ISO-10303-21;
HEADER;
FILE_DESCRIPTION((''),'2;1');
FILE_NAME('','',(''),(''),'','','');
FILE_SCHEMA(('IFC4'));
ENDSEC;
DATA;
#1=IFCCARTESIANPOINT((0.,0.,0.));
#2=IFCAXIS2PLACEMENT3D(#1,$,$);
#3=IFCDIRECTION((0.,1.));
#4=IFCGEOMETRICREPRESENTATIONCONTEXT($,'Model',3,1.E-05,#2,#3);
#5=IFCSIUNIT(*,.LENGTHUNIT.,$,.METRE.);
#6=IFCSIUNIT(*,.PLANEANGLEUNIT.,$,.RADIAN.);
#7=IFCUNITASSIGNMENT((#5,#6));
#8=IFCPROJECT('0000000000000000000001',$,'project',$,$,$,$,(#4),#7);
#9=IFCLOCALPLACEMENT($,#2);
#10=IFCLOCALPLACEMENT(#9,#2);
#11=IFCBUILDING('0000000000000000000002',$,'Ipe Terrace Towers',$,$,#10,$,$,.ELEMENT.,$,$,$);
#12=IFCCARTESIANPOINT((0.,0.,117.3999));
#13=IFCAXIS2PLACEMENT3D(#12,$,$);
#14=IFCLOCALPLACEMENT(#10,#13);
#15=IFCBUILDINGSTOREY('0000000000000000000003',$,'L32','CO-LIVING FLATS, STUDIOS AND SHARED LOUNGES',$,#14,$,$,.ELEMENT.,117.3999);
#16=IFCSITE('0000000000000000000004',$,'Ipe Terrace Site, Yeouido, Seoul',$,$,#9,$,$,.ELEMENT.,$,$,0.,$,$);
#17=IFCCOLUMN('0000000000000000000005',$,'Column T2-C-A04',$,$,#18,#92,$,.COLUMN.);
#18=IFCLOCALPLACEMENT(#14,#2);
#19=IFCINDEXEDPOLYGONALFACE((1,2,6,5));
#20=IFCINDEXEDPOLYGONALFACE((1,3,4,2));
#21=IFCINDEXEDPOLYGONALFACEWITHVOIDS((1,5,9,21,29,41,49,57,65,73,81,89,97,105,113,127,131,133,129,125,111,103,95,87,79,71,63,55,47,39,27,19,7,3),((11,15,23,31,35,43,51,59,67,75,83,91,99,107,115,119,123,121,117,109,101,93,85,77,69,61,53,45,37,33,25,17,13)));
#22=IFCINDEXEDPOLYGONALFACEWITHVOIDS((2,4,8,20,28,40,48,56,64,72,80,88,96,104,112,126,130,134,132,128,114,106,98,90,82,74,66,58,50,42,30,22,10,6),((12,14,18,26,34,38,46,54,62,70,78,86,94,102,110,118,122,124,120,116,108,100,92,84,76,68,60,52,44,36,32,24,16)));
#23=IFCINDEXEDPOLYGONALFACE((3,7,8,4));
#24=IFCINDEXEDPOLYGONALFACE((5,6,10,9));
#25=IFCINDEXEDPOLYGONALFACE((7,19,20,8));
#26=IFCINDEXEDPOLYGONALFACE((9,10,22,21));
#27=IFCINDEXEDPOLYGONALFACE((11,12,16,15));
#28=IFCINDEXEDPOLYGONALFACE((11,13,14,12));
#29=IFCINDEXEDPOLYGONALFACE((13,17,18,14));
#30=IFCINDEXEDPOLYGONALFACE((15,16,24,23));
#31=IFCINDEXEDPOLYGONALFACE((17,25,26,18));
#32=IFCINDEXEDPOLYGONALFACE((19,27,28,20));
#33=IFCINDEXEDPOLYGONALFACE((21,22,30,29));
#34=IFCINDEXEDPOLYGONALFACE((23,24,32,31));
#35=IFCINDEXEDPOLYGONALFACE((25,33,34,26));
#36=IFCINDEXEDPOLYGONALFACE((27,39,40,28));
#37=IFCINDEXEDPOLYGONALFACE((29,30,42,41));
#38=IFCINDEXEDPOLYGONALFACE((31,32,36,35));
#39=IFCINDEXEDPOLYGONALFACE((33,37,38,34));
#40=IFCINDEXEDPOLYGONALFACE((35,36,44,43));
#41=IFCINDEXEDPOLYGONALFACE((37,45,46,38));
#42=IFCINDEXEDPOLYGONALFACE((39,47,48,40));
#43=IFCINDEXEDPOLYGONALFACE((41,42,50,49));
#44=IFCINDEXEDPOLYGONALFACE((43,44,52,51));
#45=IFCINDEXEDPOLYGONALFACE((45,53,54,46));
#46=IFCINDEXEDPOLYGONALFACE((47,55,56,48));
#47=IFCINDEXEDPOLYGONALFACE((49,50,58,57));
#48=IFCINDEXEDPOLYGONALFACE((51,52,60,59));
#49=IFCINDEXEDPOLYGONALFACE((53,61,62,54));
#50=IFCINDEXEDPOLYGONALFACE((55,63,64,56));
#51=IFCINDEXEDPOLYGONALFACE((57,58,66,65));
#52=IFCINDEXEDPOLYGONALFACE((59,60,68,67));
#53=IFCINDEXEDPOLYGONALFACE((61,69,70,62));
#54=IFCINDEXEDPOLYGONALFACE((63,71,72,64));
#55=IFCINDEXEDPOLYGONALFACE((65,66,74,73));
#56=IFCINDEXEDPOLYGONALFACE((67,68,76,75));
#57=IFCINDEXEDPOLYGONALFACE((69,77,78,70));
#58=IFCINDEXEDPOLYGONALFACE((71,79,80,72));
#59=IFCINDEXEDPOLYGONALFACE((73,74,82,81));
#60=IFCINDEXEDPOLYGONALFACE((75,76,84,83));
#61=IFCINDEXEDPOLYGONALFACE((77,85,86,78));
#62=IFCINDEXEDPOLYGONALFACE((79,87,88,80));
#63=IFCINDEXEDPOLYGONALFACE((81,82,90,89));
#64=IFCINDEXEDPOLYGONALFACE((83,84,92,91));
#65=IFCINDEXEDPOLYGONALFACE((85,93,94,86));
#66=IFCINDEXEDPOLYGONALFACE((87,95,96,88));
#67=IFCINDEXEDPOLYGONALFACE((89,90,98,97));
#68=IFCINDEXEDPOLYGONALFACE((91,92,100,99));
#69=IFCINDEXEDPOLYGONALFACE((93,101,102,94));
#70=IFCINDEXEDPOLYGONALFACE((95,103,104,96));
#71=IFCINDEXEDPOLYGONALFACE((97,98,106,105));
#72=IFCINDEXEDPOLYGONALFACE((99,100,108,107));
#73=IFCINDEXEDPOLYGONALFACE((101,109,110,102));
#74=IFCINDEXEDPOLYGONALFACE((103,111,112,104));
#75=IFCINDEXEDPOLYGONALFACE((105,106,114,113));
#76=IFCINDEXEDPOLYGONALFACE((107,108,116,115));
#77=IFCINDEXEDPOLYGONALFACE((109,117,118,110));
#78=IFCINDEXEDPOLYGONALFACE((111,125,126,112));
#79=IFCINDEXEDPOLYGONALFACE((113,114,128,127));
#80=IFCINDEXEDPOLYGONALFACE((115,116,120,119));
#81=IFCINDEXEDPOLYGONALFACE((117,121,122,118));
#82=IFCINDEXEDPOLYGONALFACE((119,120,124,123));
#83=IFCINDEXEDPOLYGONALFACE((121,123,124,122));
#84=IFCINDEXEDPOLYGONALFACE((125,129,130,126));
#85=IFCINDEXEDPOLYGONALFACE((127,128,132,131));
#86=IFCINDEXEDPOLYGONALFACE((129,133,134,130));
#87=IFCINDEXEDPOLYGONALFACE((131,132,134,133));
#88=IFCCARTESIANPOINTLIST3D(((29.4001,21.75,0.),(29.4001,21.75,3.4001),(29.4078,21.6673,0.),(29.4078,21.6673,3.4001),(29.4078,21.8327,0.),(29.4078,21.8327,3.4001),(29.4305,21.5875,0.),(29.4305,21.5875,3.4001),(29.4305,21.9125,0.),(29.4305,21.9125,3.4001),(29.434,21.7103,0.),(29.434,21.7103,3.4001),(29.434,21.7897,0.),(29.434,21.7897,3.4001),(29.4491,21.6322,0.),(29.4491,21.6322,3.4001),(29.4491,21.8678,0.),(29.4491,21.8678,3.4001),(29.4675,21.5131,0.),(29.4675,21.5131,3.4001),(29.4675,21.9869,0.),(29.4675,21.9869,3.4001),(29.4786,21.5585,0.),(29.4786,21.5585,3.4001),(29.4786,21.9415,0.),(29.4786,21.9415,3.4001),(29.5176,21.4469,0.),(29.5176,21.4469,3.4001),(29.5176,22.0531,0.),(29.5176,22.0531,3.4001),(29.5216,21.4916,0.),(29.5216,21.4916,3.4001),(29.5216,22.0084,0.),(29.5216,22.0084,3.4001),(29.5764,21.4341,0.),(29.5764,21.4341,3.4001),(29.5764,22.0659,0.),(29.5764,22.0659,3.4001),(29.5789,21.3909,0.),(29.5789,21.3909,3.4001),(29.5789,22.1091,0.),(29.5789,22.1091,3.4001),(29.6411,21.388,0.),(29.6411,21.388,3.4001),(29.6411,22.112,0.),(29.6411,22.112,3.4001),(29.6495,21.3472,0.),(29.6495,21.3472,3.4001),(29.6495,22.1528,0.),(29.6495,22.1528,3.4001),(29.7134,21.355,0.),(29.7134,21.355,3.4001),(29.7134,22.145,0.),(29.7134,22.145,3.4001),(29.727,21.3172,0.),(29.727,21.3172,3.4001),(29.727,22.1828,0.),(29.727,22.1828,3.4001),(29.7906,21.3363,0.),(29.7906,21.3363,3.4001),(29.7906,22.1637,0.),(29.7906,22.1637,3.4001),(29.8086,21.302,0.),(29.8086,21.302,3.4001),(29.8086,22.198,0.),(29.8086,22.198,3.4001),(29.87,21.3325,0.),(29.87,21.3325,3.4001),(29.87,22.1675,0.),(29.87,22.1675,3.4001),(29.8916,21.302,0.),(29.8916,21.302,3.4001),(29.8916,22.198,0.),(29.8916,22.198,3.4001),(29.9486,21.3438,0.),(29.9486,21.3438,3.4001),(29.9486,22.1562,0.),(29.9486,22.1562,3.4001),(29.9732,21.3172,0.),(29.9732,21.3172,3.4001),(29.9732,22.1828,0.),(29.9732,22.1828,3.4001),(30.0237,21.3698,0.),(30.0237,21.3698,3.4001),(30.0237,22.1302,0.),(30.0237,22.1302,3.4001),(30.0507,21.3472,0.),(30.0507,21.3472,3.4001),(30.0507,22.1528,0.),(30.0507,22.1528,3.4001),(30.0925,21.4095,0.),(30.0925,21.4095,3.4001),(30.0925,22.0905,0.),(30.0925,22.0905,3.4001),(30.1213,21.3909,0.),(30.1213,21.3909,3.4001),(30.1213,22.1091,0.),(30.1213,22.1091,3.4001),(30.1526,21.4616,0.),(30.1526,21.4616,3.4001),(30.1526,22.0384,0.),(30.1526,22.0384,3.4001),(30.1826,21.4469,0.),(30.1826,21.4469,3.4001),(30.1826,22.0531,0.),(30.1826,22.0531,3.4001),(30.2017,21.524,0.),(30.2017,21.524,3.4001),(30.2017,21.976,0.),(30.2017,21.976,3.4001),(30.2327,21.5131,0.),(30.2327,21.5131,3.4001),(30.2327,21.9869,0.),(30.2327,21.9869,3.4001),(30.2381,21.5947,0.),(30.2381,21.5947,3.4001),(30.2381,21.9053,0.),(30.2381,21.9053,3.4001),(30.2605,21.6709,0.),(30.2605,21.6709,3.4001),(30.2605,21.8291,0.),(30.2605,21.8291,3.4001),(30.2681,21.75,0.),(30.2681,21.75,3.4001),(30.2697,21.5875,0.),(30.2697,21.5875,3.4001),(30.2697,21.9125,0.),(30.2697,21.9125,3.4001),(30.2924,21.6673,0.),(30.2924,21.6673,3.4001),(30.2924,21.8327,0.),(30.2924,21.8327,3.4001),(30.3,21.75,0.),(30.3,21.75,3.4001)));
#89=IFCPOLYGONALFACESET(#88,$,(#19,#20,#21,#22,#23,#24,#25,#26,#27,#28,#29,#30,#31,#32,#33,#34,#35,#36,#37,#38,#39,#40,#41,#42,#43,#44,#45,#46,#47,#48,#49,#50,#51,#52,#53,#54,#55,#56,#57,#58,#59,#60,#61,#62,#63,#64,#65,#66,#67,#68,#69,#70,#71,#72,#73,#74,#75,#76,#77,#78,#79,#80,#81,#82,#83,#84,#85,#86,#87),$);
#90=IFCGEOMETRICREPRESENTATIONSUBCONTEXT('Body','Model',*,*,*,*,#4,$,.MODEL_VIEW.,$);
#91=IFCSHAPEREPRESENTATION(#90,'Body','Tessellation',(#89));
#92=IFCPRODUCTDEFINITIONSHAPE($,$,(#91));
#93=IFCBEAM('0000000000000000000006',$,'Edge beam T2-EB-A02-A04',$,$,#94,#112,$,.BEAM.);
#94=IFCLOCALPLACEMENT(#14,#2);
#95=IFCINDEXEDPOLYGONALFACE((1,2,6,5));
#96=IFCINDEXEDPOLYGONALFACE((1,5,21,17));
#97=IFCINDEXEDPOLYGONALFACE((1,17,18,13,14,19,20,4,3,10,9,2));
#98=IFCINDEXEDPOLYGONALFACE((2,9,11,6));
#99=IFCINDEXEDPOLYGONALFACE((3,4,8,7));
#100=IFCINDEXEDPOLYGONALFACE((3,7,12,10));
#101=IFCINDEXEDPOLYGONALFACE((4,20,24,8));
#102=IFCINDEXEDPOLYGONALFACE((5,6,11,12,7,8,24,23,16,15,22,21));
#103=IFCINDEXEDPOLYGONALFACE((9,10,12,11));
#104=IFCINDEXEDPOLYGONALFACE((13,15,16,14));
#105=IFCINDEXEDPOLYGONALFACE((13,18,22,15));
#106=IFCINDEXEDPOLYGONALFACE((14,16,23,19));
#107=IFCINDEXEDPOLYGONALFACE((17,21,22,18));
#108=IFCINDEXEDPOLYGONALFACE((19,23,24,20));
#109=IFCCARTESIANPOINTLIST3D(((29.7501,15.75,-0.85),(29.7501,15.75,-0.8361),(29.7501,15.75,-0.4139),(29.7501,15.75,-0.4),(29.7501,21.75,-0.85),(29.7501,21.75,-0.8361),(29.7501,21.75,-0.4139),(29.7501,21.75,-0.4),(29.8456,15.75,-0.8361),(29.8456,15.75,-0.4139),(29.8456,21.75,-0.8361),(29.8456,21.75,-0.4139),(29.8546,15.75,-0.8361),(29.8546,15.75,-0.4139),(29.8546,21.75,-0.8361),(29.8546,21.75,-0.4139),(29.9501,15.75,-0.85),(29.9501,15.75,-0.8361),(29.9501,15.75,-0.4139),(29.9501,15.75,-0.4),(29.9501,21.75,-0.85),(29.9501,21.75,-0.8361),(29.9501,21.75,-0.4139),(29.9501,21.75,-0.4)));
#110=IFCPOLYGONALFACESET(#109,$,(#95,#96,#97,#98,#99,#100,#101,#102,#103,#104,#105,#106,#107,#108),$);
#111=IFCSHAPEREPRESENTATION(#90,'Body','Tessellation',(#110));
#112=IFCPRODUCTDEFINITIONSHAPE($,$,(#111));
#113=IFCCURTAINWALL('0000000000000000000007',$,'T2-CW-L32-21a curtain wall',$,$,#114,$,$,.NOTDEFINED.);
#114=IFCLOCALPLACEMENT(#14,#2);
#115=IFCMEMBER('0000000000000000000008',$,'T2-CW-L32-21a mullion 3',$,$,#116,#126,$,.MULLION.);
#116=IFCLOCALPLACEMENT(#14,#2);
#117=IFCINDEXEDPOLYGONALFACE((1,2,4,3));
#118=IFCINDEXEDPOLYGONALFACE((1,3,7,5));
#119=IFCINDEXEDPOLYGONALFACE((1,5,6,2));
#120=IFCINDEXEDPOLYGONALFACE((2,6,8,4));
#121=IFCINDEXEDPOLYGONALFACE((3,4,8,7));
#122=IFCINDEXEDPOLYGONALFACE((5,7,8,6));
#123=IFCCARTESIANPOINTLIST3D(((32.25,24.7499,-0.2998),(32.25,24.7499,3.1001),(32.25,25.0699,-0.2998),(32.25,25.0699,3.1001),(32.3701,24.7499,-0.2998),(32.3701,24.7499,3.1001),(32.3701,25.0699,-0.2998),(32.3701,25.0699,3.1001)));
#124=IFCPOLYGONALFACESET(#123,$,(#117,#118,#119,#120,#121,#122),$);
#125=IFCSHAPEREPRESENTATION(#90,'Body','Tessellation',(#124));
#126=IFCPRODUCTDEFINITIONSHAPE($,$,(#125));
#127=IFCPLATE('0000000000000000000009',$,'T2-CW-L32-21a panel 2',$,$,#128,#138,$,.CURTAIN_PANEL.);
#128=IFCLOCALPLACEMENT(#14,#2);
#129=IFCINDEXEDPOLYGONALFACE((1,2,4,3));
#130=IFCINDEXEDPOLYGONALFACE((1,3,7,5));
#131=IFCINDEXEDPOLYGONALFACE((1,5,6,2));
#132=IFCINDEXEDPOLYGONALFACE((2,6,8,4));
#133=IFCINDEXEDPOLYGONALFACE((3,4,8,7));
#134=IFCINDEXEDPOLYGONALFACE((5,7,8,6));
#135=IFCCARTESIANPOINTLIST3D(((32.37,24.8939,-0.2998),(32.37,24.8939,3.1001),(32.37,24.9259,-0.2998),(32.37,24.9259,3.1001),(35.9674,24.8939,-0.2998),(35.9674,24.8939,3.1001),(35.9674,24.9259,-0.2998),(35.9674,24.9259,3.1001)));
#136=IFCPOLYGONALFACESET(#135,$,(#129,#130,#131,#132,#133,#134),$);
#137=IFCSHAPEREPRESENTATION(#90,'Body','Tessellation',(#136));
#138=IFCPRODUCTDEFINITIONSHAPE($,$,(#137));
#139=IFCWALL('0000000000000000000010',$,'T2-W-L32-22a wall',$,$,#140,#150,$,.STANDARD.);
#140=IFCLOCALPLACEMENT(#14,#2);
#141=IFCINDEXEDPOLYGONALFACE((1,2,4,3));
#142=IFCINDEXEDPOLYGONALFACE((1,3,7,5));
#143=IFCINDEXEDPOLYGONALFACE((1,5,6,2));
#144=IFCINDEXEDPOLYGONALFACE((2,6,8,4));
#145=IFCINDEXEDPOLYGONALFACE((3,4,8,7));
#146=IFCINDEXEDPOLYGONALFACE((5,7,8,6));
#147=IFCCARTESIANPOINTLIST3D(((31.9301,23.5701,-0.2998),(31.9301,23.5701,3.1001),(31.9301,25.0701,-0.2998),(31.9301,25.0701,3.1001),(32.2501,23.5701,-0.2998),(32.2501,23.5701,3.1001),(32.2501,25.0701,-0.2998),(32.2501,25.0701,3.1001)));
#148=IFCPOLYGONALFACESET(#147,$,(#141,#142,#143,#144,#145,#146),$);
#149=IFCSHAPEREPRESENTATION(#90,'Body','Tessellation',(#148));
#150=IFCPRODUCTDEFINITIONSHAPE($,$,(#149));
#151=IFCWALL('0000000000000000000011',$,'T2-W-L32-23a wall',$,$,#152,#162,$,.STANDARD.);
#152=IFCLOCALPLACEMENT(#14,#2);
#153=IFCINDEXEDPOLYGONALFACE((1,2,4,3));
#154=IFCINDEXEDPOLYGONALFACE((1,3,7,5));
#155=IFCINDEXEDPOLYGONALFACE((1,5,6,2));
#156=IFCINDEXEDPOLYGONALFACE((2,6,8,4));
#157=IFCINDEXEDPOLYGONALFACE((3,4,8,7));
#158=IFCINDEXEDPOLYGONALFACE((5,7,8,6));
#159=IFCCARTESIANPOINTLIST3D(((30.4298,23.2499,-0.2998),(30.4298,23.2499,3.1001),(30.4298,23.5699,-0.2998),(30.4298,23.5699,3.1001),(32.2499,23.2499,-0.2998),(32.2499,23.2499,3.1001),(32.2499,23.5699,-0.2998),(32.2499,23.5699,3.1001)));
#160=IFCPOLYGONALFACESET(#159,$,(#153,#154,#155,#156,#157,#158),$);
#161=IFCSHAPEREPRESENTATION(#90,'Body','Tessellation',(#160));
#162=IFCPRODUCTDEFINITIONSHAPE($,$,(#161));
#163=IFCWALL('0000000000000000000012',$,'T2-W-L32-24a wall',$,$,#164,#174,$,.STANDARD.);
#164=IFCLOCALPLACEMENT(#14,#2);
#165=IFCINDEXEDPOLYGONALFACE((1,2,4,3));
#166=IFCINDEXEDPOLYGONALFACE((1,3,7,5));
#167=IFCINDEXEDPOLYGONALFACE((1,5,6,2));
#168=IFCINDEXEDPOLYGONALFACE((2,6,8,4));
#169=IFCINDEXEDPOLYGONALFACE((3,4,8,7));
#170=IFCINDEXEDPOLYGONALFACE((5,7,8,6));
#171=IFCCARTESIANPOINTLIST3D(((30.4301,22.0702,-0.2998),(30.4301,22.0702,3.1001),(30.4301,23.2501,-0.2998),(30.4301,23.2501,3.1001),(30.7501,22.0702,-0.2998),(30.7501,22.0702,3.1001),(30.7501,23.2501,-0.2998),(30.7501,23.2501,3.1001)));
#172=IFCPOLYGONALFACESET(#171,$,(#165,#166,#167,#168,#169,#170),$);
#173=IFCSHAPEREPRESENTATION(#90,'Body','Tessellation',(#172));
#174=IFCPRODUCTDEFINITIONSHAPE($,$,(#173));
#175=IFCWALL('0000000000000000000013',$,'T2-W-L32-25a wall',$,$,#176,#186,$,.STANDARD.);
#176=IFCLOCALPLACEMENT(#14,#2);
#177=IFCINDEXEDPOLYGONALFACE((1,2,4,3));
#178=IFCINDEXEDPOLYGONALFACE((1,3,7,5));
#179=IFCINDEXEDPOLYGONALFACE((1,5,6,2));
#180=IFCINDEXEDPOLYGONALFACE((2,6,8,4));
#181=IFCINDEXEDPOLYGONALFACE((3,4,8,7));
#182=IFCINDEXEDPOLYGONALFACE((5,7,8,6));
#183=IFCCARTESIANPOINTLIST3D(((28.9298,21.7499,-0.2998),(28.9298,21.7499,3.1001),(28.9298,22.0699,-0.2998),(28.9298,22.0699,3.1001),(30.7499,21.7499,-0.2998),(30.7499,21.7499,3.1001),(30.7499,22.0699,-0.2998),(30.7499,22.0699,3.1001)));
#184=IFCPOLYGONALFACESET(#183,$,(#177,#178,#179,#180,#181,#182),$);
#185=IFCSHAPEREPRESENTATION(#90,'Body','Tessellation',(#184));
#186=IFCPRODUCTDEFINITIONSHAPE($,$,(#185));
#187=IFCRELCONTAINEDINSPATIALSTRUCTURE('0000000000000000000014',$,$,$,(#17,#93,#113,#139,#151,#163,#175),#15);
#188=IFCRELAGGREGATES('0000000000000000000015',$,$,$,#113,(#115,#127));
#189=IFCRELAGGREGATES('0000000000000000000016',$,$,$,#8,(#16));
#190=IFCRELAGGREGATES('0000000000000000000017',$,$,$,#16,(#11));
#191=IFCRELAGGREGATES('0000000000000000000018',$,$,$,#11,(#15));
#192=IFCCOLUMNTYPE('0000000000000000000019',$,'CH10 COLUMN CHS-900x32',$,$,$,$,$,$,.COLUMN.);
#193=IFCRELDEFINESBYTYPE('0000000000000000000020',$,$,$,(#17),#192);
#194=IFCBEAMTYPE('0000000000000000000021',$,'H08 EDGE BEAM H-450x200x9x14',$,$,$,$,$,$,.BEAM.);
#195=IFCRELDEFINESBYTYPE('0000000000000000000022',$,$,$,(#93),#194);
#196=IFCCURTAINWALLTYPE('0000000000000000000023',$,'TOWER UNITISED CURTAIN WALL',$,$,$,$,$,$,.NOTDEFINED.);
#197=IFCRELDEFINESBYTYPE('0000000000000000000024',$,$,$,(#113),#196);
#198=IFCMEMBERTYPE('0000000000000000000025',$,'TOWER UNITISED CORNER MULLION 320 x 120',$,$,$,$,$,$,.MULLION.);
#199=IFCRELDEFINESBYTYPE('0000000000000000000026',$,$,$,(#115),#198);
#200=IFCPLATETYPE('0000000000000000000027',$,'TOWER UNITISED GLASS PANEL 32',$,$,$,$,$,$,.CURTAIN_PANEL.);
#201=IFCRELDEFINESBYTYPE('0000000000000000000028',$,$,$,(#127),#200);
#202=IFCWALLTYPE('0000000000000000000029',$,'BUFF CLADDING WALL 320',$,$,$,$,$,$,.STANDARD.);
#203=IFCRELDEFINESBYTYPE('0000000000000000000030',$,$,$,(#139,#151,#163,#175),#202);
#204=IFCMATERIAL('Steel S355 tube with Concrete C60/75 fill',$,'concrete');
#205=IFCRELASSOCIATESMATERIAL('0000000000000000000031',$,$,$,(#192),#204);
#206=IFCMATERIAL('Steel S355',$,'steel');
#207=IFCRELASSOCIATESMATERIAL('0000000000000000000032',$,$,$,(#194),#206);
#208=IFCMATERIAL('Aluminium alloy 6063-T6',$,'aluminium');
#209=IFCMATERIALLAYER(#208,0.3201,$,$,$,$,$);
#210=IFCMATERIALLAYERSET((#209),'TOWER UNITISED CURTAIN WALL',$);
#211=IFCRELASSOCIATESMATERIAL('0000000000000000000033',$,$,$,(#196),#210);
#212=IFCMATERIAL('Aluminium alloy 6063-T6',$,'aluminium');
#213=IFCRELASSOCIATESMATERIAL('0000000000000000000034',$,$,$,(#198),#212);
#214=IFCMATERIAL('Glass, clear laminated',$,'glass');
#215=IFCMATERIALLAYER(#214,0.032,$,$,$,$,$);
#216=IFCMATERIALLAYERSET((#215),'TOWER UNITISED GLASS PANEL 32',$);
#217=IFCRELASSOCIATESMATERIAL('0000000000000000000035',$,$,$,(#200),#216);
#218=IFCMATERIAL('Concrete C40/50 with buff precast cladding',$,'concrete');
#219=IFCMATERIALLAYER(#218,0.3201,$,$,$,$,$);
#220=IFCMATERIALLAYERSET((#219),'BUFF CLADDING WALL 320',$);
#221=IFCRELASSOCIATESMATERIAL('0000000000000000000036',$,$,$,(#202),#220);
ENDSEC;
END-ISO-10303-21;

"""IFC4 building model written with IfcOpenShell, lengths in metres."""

from ifc_helpers import new_model, si_unit, direction, frame, frame_2d, origin, origin_2d, place, context, subcontext, project, spatial, rectangle, hollow_circle, i_section, extrude, material, layer, layer_set, material_profile, profile_set, type_object, element, aggregate, save


model = new_model("IFC4")

# Units and contexts
model_context = context("Model", 3, precision=1e-05, world=origin(), true_north=direction((0.0, 1.0)))
body_context = subcontext(model_context, "Body", "Model", "MODEL_VIEW")
ifc_project = project(units=[si_unit("LENGTHUNIT", "METRE"), si_unit("PLANEANGLEUNIT", "RADIAN")], contexts=[model_context])

# Site, building, storey
site_placement = place(None, origin())
site = spatial("IfcSite", under=ifc_project, at=site_placement, Name="Ipe Terrace Site, Yeouido, Seoul", CompositionType="ELEMENT", RefElevation=0.0)
building_placement = place(site_placement, origin())
building = spatial("IfcBuilding", under=site, at=building_placement, Name="Ipe Terrace Towers", CompositionType="ELEMENT")
storey_placement = place(building_placement, frame((0.0, 0.0, 117.3999)))
storey = spatial("IfcBuildingStorey", under=building, at=storey_placement, Name="L32", Description="CO-LIVING FLATS, STUDIOS AND SHARED LOUNGES", CompositionType="ELEMENT", Elevation=117.3999)

# Column
ifc_material_1 = material(Name="Steel S355 tube with Concrete C60/75 fill", Category="concrete")
ifc_material_profile_1 = material_profile(ifc_material_1, hollow_circle(Radius=0.45, WallThickness=0.032, at=origin_2d()), Name="CHS-900x32")
ifc_profile_set_1 = profile_set([ifc_material_profile_1], Name="Steel S355 tube with Concrete C60/75 fill")
column_type_1 = type_object("IfcColumnType", Name="CH10 COLUMN CHS-900x32", PredefinedType="COLUMN", material=ifc_profile_set_1)
for number, where, z_axis, x_axis, name in (
    (1, (29.8501, 21.75, 0.0), (0.0, 0.0, 1.0), (1.0, 0.0, 0.0), "Column T2-C-A04"),
):
    element("IfcColumn", number, at=place(storey_placement, frame(where, z_axis=z_axis, x_axis=x_axis)), inside=storey, type_object=column_type_1, Name=name, PredefinedType="COLUMN", context=body_context, shape_type="SweptSolid", body=[
        extrude(hollow_circle(Radius=0.45, WallThickness=0.032, at=origin_2d()), origin(), (0.0, 0.0, 1.0), 3.4001),
    ])

# Beam
ifc_material_2 = material(Name="Steel S355", Category="steel")
ifc_material_profile_2 = material_profile(ifc_material_2, i_section(OverallWidth=0.2, OverallDepth=0.45, WebThickness=0.009, FlangeThickness=0.0139, at=origin_2d()), Name="H-450x200x9x14")
ifc_profile_set_2 = profile_set([ifc_material_profile_2], Name="Steel S355")
beam_type = type_object("IfcBeamType", Name="H08 EDGE BEAM H-450x200x9x14", PredefinedType="BEAM", material=ifc_profile_set_2)
beam_placement = place(storey_placement, frame((29.8501, 15.75, -0.625), z_axis=(0.0, 1.0, 0.0), x_axis=(-1.0, 0.0, 0.0)))
element("IfcBeam", 2, at=beam_placement, inside=storey, type_object=beam_type, Name="Edge beam T2-EB-A02-A04", PredefinedType="BEAM", context=body_context, shape_type="SweptSolid", body=[
    extrude(i_section(OverallWidth=0.2, OverallDepth=0.45, WebThickness=0.009, FlangeThickness=0.0139, at=origin_2d()), origin(), (0.0, 0.0, 1.0), 6.0),
])

# Curtain wall, member, plate
ifc_material_3 = material(Name="Aluminium alloy 6063-T6", Category="aluminium")
ifc_layer_1 = layer(ifc_material_3, 0.3201)
ifc_layer_set_1 = layer_set([ifc_layer_1], Name="TOWER UNITISED CURTAIN WALL")
curtain_wall_type = type_object("IfcCurtainWallType", Name="TOWER UNITISED CURTAIN WALL", PredefinedType="NOTDEFINED", material=ifc_layer_set_1)
curtain_wall_placement = place(storey_placement, origin())
curtain_wall = element("IfcCurtainWall", 3, at=curtain_wall_placement, inside=storey, type_object=curtain_wall_type, Name="T2-CW-L32-21a curtain wall", PredefinedType="NOTDEFINED")
ifc_material_4 = material(Name="Aluminium alloy 6063-T6", Category="aluminium")
ifc_material_profile_3 = material_profile(ifc_material_4, rectangle(XDim=0.3201, YDim=0.1201, at=origin_2d()), Name="TOWER UNITISED CORNER MULLION 320 x 120")
ifc_profile_set_3 = profile_set([ifc_material_profile_3], Name="Aluminium alloy 6063-T6")
member_type = type_object("IfcMemberType", Name="TOWER UNITISED CORNER MULLION 320 x 120", PredefinedType="MULLION", material=ifc_profile_set_3)
member_placement = place(storey_placement, frame((32.3101, 24.9099, -0.2998), z_axis=(0.0, 0.0, 1.0), x_axis=(0.0, 1.0, 0.0)))
member = element("IfcMember", 4, at=member_placement, type_object=member_type, Name="T2-CW-L32-21a mullion 3", PredefinedType="MULLION", context=body_context, shape_type="SweptSolid", body=[
    extrude(rectangle(XDim=0.3201, YDim=0.1201, at=origin_2d()), origin(), (0.0, 0.0, 1.0), 3.3999),
])
ifc_material_5 = material(Name="Glass, clear laminated", Category="glass")
ifc_layer_2 = layer(ifc_material_5, 0.032)
ifc_layer_set_2 = layer_set([ifc_layer_2], Name="TOWER UNITISED GLASS PANEL 32")
plate_type = type_object("IfcPlateType", Name="TOWER UNITISED GLASS PANEL 32", PredefinedType="CURTAIN_PANEL", material=ifc_layer_set_2)
plate_placement = place(storey_placement, frame((34.1687, 24.9099, -0.2998), z_axis=(0.0, 0.0, 1.0), x_axis=(-1.0, 0.0, 0.0)))
plate = element("IfcPlate", 5, at=plate_placement, type_object=plate_type, Name="T2-CW-L32-21a panel 2", PredefinedType="CURTAIN_PANEL", context=body_context, shape_type="SweptSolid", body=[
    extrude(rectangle(XDim=3.5974, YDim=0.032, at=origin_2d()), origin(), (0.0, 0.0, 1.0), 3.3999),
])
aggregate(curtain_wall, [member, plate])

# Walls
ifc_material_6 = material(Name="Concrete C40/50 with buff precast cladding", Category="concrete")
ifc_layer_3 = layer(ifc_material_6, 0.3201)
ifc_layer_set_3 = layer_set([ifc_layer_3], Name="BUFF CLADDING WALL 320")
wall_type_1 = type_object("IfcWallType", Name="BUFF CLADDING WALL 320", PredefinedType="STANDARD", material=ifc_layer_set_3)
wall_1_placement = place(storey_placement, frame((32.0901, 25.0701, -0.2998), z_axis=(0.0, 0.0, 1.0), x_axis=(0.0, -1.0, 0.0)))
element("IfcWall", 6, at=wall_1_placement, inside=storey, type_object=wall_type_1, Name="T2-W-L32-22a wall", PredefinedType="STANDARD", context=body_context, shape_type="SweptSolid", body=[
    extrude(rectangle(XDim=1.5, YDim=0.3201, at=frame_2d((0.75, 0.0))), origin(), (0.0, 0.0, 1.0), 3.3999),
])
wall_2_placement = place(storey_placement, frame((32.25, 23.4099, -0.2998), z_axis=(0.0, 0.0, 1.0), x_axis=(-1.0, 0.0, 0.0)))
element("IfcWall", 7, at=wall_2_placement, inside=storey, type_object=wall_type_1, Name="T2-W-L32-23a wall", PredefinedType="STANDARD", context=body_context, shape_type="SweptSolid", body=[
    extrude(rectangle(XDim=1.8201, YDim=0.3201, at=frame_2d((0.9102, 0.0))), origin(), (0.0, 0.0, 1.0), 3.3999),
])
wall_3_placement = place(storey_placement, frame((30.5901, 23.25, -0.2998), z_axis=(0.0, 0.0, 1.0), x_axis=(0.0, -1.0, 0.0)))
element("IfcWall", 8, at=wall_3_placement, inside=storey, type_object=wall_type_1, Name="T2-W-L32-24a wall", PredefinedType="STANDARD", context=body_context, shape_type="SweptSolid", body=[
    extrude(rectangle(XDim=1.1799, YDim=0.3201, at=frame_2d((0.5898, 0.0))), origin(), (0.0, 0.0, 1.0), 3.3999),
])
wall_4_placement = place(storey_placement, frame((30.75, 21.9099, -0.2998), z_axis=(0.0, 0.0, 1.0), x_axis=(-1.0, 0.0, 0.0)))
element("IfcWall", 9, at=wall_4_placement, inside=storey, type_object=wall_type_1, Name="T2-W-L32-25a wall", PredefinedType="STANDARD", context=body_context, shape_type="SweptSolid", body=[
    extrude(rectangle(XDim=1.8201, YDim=0.3201, at=frame_2d((0.9102, 0.0))), origin(), (0.0, 0.0, 1.0), 3.3999),
])

save(model, "model.ifc")
